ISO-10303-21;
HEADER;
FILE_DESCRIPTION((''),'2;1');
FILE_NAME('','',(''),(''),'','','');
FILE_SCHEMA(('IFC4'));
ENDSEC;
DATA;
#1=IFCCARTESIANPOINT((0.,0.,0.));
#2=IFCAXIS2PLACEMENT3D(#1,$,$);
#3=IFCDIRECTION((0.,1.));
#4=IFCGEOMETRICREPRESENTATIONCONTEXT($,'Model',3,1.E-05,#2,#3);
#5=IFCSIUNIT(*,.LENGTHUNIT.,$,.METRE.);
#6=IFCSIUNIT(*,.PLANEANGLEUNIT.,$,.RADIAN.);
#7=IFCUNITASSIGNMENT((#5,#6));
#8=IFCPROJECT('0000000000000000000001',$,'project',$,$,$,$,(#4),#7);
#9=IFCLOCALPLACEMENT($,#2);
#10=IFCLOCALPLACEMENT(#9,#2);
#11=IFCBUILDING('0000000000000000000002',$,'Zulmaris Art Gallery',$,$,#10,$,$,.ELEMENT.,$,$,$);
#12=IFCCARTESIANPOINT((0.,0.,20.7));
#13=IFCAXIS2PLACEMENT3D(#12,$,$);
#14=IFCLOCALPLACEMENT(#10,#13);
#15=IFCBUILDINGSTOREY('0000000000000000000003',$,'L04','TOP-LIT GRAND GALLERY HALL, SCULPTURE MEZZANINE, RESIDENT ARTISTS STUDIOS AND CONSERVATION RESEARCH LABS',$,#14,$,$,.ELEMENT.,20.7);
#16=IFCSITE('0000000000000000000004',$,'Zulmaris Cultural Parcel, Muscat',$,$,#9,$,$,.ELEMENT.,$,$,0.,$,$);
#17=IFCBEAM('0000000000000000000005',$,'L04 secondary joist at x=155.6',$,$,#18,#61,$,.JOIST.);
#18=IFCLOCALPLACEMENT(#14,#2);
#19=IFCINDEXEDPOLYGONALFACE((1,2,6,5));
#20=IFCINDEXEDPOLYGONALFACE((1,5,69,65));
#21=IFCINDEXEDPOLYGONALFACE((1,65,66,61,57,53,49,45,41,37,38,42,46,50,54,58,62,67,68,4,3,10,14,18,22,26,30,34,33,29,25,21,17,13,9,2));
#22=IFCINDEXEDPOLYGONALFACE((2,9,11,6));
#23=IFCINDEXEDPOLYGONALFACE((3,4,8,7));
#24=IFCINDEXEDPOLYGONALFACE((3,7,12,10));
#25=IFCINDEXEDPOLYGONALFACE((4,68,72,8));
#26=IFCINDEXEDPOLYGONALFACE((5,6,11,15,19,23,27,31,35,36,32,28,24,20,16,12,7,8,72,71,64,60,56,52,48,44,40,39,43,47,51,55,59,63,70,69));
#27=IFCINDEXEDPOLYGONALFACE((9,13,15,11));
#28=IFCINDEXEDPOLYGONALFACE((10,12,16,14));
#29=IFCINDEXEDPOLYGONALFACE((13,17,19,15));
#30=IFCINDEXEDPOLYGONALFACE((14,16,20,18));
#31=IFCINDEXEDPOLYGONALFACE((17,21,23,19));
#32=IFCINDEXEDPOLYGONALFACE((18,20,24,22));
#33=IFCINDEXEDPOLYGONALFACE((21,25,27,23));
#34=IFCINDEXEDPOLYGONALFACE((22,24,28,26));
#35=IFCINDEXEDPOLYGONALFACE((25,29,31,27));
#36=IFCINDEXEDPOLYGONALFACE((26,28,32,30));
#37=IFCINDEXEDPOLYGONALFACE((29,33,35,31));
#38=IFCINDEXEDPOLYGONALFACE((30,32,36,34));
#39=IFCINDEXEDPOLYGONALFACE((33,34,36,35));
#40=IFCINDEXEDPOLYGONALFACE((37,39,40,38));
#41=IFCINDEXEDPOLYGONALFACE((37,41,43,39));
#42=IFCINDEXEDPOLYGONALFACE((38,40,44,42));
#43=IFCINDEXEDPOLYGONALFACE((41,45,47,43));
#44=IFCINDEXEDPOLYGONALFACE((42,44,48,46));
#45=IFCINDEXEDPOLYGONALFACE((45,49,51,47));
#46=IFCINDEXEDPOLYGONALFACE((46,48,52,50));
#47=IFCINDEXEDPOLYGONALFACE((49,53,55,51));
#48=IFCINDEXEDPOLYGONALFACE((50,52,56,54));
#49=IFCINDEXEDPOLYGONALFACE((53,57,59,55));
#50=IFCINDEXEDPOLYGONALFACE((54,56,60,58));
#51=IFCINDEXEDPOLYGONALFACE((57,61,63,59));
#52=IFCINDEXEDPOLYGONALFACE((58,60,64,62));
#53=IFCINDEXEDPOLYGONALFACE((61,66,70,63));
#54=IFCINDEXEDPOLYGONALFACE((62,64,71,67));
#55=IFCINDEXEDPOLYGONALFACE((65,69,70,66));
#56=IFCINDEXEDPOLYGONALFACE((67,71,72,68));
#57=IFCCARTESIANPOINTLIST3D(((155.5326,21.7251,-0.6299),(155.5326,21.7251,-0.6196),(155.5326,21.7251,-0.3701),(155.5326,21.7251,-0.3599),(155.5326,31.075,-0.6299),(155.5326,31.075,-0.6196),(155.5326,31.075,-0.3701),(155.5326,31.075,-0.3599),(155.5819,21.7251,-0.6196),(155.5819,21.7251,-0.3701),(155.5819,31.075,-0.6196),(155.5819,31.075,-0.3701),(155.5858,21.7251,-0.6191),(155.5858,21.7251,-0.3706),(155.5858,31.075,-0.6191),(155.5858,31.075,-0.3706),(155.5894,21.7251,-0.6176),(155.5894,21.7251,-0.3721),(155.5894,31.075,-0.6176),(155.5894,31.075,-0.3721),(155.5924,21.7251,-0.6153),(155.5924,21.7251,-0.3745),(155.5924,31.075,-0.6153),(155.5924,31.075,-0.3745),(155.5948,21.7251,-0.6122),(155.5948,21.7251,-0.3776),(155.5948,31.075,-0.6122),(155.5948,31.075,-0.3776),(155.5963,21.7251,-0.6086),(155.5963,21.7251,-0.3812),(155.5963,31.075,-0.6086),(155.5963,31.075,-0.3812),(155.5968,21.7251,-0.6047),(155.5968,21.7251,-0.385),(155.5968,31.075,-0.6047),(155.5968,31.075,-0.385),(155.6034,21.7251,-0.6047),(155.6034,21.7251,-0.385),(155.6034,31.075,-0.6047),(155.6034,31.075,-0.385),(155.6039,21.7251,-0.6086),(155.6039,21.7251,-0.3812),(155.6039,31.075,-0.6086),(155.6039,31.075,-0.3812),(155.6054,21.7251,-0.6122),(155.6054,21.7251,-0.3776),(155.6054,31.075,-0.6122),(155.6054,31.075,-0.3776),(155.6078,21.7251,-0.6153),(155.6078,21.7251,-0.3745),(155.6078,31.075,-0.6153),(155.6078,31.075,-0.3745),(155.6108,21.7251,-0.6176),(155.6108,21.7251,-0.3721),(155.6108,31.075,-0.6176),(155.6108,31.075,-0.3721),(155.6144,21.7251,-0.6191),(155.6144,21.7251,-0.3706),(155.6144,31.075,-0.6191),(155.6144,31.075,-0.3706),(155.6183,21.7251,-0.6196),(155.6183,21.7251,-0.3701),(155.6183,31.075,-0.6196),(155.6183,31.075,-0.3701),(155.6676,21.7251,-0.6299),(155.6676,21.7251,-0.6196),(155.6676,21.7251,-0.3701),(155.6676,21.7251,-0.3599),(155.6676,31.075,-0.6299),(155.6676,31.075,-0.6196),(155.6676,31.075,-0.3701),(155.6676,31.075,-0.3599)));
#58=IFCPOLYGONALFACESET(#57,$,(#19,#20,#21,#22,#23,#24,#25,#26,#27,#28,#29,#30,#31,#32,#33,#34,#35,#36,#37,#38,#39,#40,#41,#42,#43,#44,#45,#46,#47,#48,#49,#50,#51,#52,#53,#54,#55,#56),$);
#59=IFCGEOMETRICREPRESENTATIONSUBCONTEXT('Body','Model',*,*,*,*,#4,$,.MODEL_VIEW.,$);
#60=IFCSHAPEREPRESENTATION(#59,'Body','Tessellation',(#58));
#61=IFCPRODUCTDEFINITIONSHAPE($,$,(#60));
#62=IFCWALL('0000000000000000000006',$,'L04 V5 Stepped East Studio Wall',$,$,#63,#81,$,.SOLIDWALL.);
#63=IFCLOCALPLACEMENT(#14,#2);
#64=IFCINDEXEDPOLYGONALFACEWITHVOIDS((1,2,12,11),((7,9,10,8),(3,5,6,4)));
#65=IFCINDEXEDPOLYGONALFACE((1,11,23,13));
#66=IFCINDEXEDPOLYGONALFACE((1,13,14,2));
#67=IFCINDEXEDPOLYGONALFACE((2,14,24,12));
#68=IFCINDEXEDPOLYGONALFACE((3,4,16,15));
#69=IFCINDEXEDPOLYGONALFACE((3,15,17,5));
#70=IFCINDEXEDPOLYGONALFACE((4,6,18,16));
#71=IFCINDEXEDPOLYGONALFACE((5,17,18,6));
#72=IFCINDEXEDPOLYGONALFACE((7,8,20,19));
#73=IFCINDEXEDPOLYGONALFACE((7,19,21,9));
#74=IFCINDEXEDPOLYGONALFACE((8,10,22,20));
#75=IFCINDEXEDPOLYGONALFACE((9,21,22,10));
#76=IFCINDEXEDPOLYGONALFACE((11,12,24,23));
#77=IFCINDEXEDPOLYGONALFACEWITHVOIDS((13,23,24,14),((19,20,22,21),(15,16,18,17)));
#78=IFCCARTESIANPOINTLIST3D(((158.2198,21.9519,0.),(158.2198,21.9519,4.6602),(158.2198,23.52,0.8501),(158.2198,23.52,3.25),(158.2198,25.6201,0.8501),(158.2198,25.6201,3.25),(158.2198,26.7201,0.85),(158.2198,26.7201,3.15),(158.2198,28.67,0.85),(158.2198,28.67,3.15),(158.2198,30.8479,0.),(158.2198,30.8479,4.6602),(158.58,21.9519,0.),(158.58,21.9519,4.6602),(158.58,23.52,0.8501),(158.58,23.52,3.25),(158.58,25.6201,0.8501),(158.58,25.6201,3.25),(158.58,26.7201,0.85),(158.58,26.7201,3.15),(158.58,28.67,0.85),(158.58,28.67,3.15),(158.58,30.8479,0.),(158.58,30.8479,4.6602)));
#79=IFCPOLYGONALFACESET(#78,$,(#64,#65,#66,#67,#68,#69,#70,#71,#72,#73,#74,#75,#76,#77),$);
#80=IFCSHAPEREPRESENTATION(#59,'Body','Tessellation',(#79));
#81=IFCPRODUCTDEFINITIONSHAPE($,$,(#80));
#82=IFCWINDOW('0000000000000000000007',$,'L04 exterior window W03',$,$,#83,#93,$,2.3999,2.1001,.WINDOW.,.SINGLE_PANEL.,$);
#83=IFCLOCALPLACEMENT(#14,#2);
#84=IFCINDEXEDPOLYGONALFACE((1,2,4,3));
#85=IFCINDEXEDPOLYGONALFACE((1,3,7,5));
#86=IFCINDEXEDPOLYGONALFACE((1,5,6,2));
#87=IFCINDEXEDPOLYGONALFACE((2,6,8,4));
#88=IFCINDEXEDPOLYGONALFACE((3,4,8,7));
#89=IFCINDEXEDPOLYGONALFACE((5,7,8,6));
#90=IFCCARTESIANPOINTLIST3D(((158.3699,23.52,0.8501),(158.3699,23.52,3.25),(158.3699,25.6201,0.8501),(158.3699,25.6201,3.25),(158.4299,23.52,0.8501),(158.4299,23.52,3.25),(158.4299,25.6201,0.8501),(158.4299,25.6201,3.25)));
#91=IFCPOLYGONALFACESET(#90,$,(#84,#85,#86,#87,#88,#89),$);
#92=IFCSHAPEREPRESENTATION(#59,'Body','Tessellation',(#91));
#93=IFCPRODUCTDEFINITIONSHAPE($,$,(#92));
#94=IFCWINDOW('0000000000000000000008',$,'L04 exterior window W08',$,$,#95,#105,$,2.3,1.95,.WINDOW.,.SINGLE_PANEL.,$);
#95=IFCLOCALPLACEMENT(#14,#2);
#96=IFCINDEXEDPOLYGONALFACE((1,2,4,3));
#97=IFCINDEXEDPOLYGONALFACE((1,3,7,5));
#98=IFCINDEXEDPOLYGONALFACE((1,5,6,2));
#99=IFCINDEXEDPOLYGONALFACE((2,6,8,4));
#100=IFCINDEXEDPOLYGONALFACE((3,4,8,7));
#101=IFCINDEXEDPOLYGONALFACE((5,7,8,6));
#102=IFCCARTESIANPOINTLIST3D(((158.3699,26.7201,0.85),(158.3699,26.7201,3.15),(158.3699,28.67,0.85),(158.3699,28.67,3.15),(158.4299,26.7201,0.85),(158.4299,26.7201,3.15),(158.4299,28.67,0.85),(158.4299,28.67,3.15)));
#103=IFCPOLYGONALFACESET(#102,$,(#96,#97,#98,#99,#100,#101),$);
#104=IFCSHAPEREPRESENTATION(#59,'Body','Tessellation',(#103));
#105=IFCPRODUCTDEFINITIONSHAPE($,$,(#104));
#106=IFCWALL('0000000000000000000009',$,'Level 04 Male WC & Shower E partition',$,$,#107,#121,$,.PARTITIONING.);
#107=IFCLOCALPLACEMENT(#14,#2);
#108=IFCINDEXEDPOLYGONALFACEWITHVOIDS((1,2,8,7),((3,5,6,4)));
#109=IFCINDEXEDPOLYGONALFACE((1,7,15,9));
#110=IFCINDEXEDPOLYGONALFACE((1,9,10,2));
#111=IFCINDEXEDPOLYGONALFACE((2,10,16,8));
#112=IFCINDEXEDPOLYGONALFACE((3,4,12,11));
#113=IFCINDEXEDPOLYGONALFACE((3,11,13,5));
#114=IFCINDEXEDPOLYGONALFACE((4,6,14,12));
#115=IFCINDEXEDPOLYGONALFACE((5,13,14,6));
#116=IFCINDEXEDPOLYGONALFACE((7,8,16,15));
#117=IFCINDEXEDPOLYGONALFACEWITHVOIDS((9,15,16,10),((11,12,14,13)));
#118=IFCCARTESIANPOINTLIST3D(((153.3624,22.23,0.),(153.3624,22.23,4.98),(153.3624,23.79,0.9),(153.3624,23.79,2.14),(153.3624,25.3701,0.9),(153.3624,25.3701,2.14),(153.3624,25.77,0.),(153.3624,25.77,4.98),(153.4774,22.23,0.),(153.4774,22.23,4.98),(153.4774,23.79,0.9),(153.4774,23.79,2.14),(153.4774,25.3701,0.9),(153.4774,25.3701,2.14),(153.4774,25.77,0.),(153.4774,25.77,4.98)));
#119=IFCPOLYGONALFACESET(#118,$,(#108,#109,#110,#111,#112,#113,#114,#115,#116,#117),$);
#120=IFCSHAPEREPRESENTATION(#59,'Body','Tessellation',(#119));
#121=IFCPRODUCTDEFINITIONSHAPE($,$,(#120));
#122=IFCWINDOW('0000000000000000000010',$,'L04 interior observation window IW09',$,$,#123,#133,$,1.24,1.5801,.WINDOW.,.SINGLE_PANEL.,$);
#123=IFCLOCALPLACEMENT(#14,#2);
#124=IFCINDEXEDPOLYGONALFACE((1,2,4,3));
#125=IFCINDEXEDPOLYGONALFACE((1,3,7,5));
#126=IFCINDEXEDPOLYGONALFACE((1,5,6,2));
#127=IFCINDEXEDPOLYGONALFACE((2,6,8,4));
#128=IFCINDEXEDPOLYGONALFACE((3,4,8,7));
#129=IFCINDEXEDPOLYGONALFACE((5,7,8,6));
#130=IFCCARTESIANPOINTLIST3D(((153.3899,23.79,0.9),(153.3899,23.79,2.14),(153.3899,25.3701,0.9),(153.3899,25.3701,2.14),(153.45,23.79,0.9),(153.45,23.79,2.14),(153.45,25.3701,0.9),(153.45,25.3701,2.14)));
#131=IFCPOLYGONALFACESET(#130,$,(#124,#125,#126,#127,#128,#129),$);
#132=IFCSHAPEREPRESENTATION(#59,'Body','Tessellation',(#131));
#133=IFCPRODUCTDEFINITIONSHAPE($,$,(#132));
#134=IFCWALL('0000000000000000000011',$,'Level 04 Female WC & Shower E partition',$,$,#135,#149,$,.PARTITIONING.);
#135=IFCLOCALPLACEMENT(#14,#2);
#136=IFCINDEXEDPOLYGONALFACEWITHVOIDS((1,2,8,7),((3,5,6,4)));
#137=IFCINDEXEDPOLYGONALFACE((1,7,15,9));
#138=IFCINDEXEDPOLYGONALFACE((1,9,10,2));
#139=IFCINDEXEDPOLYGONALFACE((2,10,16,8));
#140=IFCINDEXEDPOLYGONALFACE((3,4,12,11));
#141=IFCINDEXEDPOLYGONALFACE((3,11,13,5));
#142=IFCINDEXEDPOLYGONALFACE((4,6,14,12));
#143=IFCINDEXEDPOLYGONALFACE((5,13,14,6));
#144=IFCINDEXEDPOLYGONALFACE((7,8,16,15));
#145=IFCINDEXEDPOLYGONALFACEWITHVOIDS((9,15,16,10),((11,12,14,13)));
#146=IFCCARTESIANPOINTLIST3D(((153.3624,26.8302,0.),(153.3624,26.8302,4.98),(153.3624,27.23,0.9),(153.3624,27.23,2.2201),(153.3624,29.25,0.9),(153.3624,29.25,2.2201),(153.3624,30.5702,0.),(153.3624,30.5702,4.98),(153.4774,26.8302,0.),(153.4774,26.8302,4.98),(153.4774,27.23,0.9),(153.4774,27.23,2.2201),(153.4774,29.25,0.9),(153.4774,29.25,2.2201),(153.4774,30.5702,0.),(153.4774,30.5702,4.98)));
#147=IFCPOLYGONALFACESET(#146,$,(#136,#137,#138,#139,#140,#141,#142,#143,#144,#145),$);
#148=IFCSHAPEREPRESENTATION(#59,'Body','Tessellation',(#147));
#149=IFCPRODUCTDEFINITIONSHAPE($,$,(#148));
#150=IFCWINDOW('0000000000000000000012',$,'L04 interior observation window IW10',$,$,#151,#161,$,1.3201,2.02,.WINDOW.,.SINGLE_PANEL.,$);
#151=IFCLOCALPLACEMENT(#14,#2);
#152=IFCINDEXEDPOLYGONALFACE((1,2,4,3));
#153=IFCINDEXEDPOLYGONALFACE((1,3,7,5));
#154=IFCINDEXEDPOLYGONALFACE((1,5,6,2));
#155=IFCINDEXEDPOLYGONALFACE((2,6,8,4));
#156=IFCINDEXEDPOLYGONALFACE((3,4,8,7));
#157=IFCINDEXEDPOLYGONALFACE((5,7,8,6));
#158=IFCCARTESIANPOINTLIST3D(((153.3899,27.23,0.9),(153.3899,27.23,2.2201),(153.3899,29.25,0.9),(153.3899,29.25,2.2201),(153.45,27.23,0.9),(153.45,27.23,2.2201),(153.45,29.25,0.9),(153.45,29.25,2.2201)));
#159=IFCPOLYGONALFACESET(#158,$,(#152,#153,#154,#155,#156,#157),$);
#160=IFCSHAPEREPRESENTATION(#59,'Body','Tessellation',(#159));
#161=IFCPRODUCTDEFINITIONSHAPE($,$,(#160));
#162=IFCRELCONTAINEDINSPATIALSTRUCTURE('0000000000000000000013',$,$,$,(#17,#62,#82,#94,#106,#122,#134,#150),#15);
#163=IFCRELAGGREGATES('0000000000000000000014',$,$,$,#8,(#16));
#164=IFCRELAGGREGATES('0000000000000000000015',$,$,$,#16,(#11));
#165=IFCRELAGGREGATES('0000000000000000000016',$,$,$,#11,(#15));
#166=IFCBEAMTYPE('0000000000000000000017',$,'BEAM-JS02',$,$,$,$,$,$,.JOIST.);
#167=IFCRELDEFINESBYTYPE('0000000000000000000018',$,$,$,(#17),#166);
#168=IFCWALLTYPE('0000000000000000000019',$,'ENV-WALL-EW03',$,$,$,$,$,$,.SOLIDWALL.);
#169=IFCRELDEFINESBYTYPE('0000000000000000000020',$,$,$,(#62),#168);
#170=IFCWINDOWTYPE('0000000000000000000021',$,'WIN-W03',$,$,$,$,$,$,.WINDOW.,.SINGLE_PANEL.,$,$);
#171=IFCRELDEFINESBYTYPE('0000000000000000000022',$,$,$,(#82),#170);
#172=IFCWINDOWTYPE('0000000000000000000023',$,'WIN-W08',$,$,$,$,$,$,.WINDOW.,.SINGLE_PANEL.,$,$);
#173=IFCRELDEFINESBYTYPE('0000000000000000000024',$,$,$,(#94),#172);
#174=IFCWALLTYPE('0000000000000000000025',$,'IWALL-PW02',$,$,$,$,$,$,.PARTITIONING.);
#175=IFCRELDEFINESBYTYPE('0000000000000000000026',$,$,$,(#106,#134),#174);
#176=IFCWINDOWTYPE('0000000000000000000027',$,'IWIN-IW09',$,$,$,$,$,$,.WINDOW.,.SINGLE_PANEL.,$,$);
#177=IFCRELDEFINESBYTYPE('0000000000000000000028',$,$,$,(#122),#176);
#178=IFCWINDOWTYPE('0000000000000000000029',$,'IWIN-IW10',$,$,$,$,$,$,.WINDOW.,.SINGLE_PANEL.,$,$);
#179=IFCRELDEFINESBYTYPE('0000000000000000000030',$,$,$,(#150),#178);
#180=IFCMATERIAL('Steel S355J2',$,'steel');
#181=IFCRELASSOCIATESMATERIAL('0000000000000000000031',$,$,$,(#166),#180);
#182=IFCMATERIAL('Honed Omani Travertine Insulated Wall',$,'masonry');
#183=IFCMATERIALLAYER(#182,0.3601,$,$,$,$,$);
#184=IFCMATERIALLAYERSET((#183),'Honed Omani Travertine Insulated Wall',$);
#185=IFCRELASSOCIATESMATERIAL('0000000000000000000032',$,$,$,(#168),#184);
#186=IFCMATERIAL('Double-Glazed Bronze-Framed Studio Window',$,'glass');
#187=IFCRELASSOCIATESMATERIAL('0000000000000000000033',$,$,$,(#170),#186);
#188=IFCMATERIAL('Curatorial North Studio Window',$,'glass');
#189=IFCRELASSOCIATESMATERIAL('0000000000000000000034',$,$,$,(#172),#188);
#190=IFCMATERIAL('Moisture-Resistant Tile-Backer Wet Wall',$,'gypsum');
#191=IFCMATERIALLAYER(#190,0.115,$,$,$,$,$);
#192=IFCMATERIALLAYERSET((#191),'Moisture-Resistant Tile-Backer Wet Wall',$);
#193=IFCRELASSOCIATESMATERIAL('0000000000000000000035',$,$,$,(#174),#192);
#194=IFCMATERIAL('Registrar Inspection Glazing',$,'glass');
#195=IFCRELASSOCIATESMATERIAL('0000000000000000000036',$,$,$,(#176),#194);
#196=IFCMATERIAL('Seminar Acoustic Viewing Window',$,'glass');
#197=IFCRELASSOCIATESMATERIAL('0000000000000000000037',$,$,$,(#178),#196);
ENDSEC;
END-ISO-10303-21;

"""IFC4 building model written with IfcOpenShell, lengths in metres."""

from ifc_helpers import new_model, si_unit, direction, frame, frame_2d, origin, origin_2d, place, context, subcontext, project, spatial, rectangle, i_section, extrude, material, layer, layer_set, material_profile, profile_set, type_object, element, fill, save


model = new_model("IFC4")

# Units and contexts
model_context = context("Model", 3, precision=1e-05, world=origin(), true_north=direction((0.0, 1.0)))
body_context = subcontext(model_context, "Body", "Model", "MODEL_VIEW")
ifc_project = project(units=[si_unit("LENGTHUNIT", "METRE"), si_unit("PLANEANGLEUNIT", "RADIAN")], contexts=[model_context])

# Site, building, storey
site_placement = place(None, origin())
site = spatial("IfcSite", under=ifc_project, at=site_placement, Name="Zulmaris Cultural Parcel, Muscat", CompositionType="ELEMENT", RefElevation=0.0)
building_placement = place(site_placement, origin())
building = spatial("IfcBuilding", under=site, at=building_placement, Name="Zulmaris Art Gallery", CompositionType="ELEMENT")
storey_placement = place(building_placement, frame((0.0, 0.0, 20.7)))
storey = spatial("IfcBuildingStorey", under=building, at=storey_placement, Name="L04", Description="TOP-LIT GRAND GALLERY HALL, SCULPTURE MEZZANINE, RESIDENT ARTISTS STUDIOS AND CONSERVATION RESEARCH LABS", CompositionType="ELEMENT", Elevation=20.7)

# Beam
ifc_material_1 = material(Name="Steel S355J2", Category="steel")
ifc_material_profile_1 = material_profile(ifc_material_1, i_section(OverallWidth=0.135, OverallDepth=0.27, WebThickness=0.0066, FlangeThickness=0.0103, FilletRadius=0.0149, at=origin_2d()), Name="IPE 270")
ifc_profile_set_1 = profile_set([ifc_material_profile_1], Name="Steel S355J2")
beam_type_1 = type_object("IfcBeamType", Name="BEAM-JS02", PredefinedType="JOIST", material=ifc_profile_set_1)
beam_1_placement = place(storey_placement, frame((155.6001, 21.7251, -0.4949), z_axis=(0.0, 1.0, 0.0), x_axis=(-1.0, 0.0, 0.0)))
element("IfcBeam", 1, at=beam_1_placement, inside=storey, type_object=beam_type_1, Name="L04 secondary joist at x=155.6", PredefinedType="JOIST", context=body_context, shape_type="SweptSolid", body=[
    extrude(i_section(OverallWidth=0.135, OverallDepth=0.27, WebThickness=0.0066, FlangeThickness=0.0103, FilletRadius=0.0149, at=origin_2d()), origin(), (0.0, 0.0, 1.0), 9.3499),
])

# Wall, openings, windows
ifc_material_2 = material(Name="Honed Omani Travertine Insulated Wall", Category="masonry")
ifc_layer_1 = layer(ifc_material_2, 0.3601)
ifc_layer_set_1 = layer_set([ifc_layer_1], Name="Honed Omani Travertine Insulated Wall")
wall_type_1 = type_object("IfcWallType", Name="ENV-WALL-EW03", PredefinedType="SOLIDWALL", material=ifc_layer_set_1)
wall_1_placement = place(storey_placement, frame((158.3999, 21.9519, 0.0), z_axis=(0.0, 0.0, 1.0), x_axis=(0.0, 1.0, 0.0)))
wall_1 = element("IfcWall", 2, at=wall_1_placement, inside=storey, type_object=wall_type_1, Name="L04 V5 Stepped East Studio Wall", PredefinedType="SOLIDWALL", context=body_context, shape_type="SweptSolid", body=[
    extrude(rectangle(XDim=8.896, YDim=0.3601, at=frame_2d((4.448, 0.0))), origin(), (0.0, 0.0, 1.0), 4.6602),
])
opening_1_placement = place(wall_1_placement, frame((1.5681, 0.0, 0.8501)))
opening_1 = element("IfcOpeningElement", 3, at=opening_1_placement, cuts=wall_1, PredefinedType="OPENING", context=body_context, shape_type="SweptSolid", body=[
    extrude(rectangle(XDim=2.1001, YDim=2.3999, at=frame_2d((1.05, 1.2))), frame((0.0, 0.1899, 0.0), z_axis=(0.0, -1.0, 0.0), x_axis=(1.0, 0.0, 0.0)), (0.0, 0.0, 1.0), 0.3801),
])
opening_2_placement = place(wall_1_placement, frame((4.7681, 0.0, 0.8501)))
opening_2 = element("IfcOpeningElement", 4, at=opening_2_placement, cuts=wall_1, PredefinedType="OPENING", context=body_context, shape_type="SweptSolid", body=[
    extrude(rectangle(XDim=1.95, YDim=2.3, at=frame_2d((0.9751, 1.1499))), frame((0.0, 0.1899, 0.0), z_axis=(0.0, -1.0, 0.0), x_axis=(1.0, 0.0, 0.0)), (0.0, 0.0, 1.0), 0.3801),
])
ifc_material_3 = material(Name="Double-Glazed Bronze-Framed Studio Window", Category="glass")
window_type_1 = type_object("IfcWindowType", Name="WIN-W03", PartitioningType="SINGLE_PANEL", PredefinedType="WINDOW", material=ifc_material_3)
window_1_placement = place(opening_1_placement, origin())
window_1 = element("IfcWindow", 5, at=window_1_placement, inside=storey, type_object=window_type_1, Name="L04 exterior window W03", OverallHeight=2.3999, OverallWidth=2.1001, PartitioningType="SINGLE_PANEL", PredefinedType="WINDOW", context=body_context, shape_type="SweptSolid", body=[
    extrude(rectangle(XDim=2.1001, YDim=2.3999, at=frame_2d((1.05, 1.2))), frame((0.0, 0.03, 0.0), z_axis=(0.0, -1.0, 0.0), x_axis=(1.0, 0.0, 0.0)), (0.0, 0.0, 1.0), 0.0601),
])
fill(opening_1, window_1)
ifc_material_4 = material(Name="Curatorial North Studio Window", Category="glass")
window_type_2 = type_object("IfcWindowType", Name="WIN-W08", PartitioningType="SINGLE_PANEL", PredefinedType="WINDOW", material=ifc_material_4)
window_2_placement = place(opening_2_placement, origin())
window_2 = element("IfcWindow", 6, at=window_2_placement, inside=storey, type_object=window_type_2, Name="L04 exterior window W08", OverallHeight=2.3, OverallWidth=1.95, PartitioningType="SINGLE_PANEL", PredefinedType="WINDOW", context=body_context, shape_type="SweptSolid", body=[
    extrude(rectangle(XDim=1.95, YDim=2.3, at=frame_2d((0.9751, 1.1499))), frame((0.0, 0.03, 0.0), z_axis=(0.0, -1.0, 0.0), x_axis=(1.0, 0.0, 0.0)), (0.0, 0.0, 1.0), 0.0601),
])
fill(opening_2, window_2)

# Walls, openings, windows
ifc_material_5 = material(Name="Moisture-Resistant Tile-Backer Wet Wall", Category="gypsum")
ifc_layer_2 = layer(ifc_material_5, 0.115)
ifc_layer_set_2 = layer_set([ifc_layer_2], Name="Moisture-Resistant Tile-Backer Wet Wall")
wall_type_2 = type_object("IfcWallType", Name="IWALL-PW02", PredefinedType="PARTITIONING", material=ifc_layer_set_2)
wall_2_placement = place(storey_placement, frame((153.4199, 22.23, 0.0), z_axis=(0.0, 0.0, 1.0), x_axis=(0.0, 1.0, 0.0)))
wall_2 = element("IfcWall", 7, at=wall_2_placement, inside=storey, type_object=wall_type_2, Name="Level 04 Male WC & Shower E partition", PredefinedType="PARTITIONING", context=body_context, shape_type="SweptSolid", body=[
    extrude(rectangle(XDim=3.54, YDim=0.115, at=frame_2d((1.77, 0.0))), origin(), (0.0, 0.0, 1.0), 4.98),
])
opening_3_placement = place(wall_2_placement, frame((1.5601, 0.0, 0.8999)))
opening_3 = element("IfcOpeningElement", 8, at=opening_3_placement, cuts=wall_2, PredefinedType="OPENING", context=body_context, shape_type="SweptSolid", body=[
    extrude(rectangle(XDim=1.5801, YDim=1.24, at=frame_2d((0.79, 0.6201))), frame((0.0, 0.0674, 0.0), z_axis=(0.0, -1.0, 0.0), x_axis=(1.0, 0.0, 0.0)), (0.0, 0.0, 1.0), 0.135),
])
ifc_material_6 = material(Name="Registrar Inspection Glazing", Category="glass")
window_type_3 = type_object("IfcWindowType", Name="IWIN-IW09", PartitioningType="SINGLE_PANEL", PredefinedType="WINDOW", material=ifc_material_6)
window_3_placement = place(opening_3_placement, origin())
window_3 = element("IfcWindow", 9, at=window_3_placement, inside=storey, type_object=window_type_3, Name="L04 interior observation window IW09", OverallHeight=1.24, OverallWidth=1.5801, PartitioningType="SINGLE_PANEL", PredefinedType="WINDOW", context=body_context, shape_type="SweptSolid", body=[
    extrude(rectangle(XDim=1.5801, YDim=1.24, at=frame_2d((0.79, 0.6201))), frame((0.0, 0.03, 0.0), z_axis=(0.0, -1.0, 0.0), x_axis=(1.0, 0.0, 0.0)), (0.0, 0.0, 1.0), 0.0601),
])
fill(opening_3, window_3)
wall_3_placement = place(storey_placement, frame((153.4199, 26.8301, 0.0), z_axis=(0.0, 0.0, 1.0), x_axis=(0.0, 1.0, 0.0)))
wall_3 = element("IfcWall", 10, at=wall_3_placement, inside=storey, type_object=wall_type_2, Name="Level 04 Female WC & Shower E partition", PredefinedType="PARTITIONING", context=body_context, shape_type="SweptSolid", body=[
    extrude(rectangle(XDim=3.74, YDim=0.115, at=frame_2d((1.8701, 0.0))), origin(), (0.0, 0.0, 1.0), 4.98),
])
opening_4_placement = place(wall_3_placement, frame((0.3999, 0.0, 0.8999)))
opening_4 = element("IfcOpeningElement", 11, at=opening_4_placement, cuts=wall_3, PredefinedType="OPENING", context=body_context, shape_type="SweptSolid", body=[
    extrude(rectangle(XDim=2.02, YDim=1.3201, at=frame_2d((1.01, 0.6602))), frame((0.0, 0.0674, 0.0), z_axis=(0.0, -1.0, 0.0), x_axis=(1.0, 0.0, 0.0)), (0.0, 0.0, 1.0), 0.135),
])
ifc_material_7 = material(Name="Seminar Acoustic Viewing Window", Category="glass")
window_type_4 = type_object("IfcWindowType", Name="IWIN-IW10", PartitioningType="SINGLE_PANEL", PredefinedType="WINDOW", material=ifc_material_7)
window_4_placement = place(opening_4_placement, origin())
window_4 = element("IfcWindow", 12, at=window_4_placement, inside=storey, type_object=window_type_4, Name="L04 interior observation window IW10", OverallHeight=1.3201, OverallWidth=2.02, PartitioningType="SINGLE_PANEL", PredefinedType="WINDOW", context=body_context, shape_type="SweptSolid", body=[
    extrude(rectangle(XDim=2.02, YDim=1.3201, at=frame_2d((1.01, 0.6602))), frame((0.0, 0.03, 0.0), z_axis=(0.0, -1.0, 0.0), x_axis=(1.0, 0.0, 0.0)), (0.0, 0.0, 1.0), 0.0601),
])
fill(opening_4, window_4)

save(model, "model.ifc")
